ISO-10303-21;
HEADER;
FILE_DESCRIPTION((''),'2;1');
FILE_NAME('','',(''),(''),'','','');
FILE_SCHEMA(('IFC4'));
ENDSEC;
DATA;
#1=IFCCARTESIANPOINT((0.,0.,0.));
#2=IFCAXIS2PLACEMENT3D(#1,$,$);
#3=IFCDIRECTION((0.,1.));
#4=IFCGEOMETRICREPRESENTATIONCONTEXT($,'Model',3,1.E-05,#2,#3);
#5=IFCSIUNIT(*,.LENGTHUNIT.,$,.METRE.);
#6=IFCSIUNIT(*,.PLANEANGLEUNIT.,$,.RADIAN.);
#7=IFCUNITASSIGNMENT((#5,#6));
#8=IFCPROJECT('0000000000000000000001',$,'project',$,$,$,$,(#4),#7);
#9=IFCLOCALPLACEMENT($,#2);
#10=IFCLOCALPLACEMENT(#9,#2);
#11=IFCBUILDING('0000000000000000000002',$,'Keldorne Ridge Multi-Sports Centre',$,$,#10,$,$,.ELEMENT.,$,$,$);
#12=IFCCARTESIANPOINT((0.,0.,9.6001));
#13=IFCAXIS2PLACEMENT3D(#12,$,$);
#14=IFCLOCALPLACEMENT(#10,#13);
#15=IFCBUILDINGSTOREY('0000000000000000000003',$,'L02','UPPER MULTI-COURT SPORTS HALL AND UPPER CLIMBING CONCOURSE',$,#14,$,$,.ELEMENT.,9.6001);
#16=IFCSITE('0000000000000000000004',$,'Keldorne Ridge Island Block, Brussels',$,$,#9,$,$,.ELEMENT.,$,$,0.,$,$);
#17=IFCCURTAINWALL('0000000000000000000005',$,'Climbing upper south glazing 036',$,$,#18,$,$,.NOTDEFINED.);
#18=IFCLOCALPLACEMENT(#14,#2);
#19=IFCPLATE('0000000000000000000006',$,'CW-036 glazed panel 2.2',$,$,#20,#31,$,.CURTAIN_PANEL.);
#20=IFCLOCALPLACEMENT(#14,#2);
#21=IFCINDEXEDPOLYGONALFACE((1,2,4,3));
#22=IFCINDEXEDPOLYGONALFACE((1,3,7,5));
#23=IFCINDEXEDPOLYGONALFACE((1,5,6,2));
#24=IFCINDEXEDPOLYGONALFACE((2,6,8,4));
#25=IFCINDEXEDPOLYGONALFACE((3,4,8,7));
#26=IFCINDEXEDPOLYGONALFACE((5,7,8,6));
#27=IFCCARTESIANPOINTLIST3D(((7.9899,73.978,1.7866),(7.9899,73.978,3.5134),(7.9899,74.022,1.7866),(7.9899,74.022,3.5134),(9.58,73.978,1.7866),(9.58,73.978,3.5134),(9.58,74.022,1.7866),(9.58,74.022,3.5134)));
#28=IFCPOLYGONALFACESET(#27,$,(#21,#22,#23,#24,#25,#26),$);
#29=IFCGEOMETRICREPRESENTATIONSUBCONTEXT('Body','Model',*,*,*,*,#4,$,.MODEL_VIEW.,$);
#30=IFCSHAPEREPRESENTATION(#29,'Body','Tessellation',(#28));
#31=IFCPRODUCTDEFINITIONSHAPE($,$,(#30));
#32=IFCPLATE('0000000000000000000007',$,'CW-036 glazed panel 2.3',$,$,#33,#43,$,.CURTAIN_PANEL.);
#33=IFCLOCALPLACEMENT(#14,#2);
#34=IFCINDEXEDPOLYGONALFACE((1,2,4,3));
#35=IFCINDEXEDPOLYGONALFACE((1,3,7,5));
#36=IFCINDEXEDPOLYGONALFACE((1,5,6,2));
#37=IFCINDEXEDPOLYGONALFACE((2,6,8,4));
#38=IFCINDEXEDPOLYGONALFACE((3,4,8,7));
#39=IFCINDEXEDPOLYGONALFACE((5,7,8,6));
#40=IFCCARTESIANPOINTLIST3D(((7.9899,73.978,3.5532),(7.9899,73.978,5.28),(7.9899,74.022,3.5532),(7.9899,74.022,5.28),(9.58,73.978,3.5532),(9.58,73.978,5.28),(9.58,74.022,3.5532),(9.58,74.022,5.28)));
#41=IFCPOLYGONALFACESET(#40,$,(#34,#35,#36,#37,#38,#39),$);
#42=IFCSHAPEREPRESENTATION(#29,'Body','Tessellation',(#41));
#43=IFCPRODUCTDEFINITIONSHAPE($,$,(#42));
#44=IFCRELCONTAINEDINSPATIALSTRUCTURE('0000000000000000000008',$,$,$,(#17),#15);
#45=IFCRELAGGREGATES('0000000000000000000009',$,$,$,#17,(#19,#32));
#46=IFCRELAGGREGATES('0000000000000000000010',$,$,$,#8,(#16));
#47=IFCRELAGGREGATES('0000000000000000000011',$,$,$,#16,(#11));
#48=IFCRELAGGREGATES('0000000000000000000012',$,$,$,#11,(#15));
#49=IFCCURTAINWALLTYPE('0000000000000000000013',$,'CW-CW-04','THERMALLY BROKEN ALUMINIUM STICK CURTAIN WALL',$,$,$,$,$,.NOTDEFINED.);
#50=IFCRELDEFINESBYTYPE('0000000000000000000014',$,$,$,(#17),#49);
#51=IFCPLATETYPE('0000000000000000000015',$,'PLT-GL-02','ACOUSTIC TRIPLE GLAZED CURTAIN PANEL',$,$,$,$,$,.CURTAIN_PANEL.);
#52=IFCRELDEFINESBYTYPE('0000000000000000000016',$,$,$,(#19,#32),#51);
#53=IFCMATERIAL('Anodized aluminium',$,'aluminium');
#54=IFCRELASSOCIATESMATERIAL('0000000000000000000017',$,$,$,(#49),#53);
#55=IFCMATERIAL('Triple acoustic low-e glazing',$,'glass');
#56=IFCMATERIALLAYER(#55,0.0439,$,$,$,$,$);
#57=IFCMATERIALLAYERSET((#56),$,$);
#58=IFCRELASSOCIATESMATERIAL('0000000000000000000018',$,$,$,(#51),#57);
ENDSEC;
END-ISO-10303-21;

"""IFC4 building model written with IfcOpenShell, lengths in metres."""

from ifc_helpers import new_model, si_unit, direction, frame, origin, origin_2d, place, context, subcontext, project, spatial, rectangle, extrude, material, layer, layer_set, type_object, element, aggregate, save


model = new_model("IFC4")

# Units and contexts
model_context = context("Model", 3, precision=1e-05, world=origin(), true_north=direction((0.0, 1.0)))
body_context = subcontext(model_context, "Body", "Model", "MODEL_VIEW")
ifc_project = project(units=[si_unit("LENGTHUNIT", "METRE"), si_unit("PLANEANGLEUNIT", "RADIAN")], contexts=[model_context])

# Site, building, storey
site_placement = place(None, origin())
site = spatial("IfcSite", under=ifc_project, at=site_placement, Name="Keldorne Ridge Island Block, Brussels", CompositionType="ELEMENT", RefElevation=0.0)
building_placement = place(site_placement, origin())
building = spatial("IfcBuilding", under=site, at=building_placement, Name="Keldorne Ridge Multi-Sports Centre", CompositionType="ELEMENT")
storey_placement = place(building_placement, frame((0.0, 0.0, 9.6001)))
storey = spatial("IfcBuildingStorey", under=building, at=storey_placement, Name="L02", Description="UPPER MULTI-COURT SPORTS HALL AND UPPER CLIMBING CONCOURSE", CompositionType="ELEMENT", Elevation=9.6001)

# Curtain wall
ifc_material_1 = material(Name="Anodized aluminium", Category="aluminium")
curtain_wall_type = type_object("IfcCurtainWallType", Name="CW-CW-04", Description="THERMALLY BROKEN ALUMINIUM STICK CURTAIN WALL", PredefinedType="NOTDEFINED", material=ifc_material_1)
curtain_wall_placement = place(storey_placement, origin())
curtain_wall = element("IfcCurtainWall", 1, at=curtain_wall_placement, inside=storey, type_object=curtain_wall_type, Name="Climbing upper south glazing 036", PredefinedType="NOTDEFINED")

# Plates
ifc_material_2 = material(Name="Triple acoustic low-e glazing", Category="glass")
ifc_layer = layer(ifc_material_2, 0.0439)
ifc_layer_set = layer_set([ifc_layer])
plate_type = type_object("IfcPlateType", Name="PLT-GL-02", Description="ACOUSTIC TRIPLE GLAZED CURTAIN PANEL", PredefinedType="CURTAIN_PANEL", material=ifc_layer_set)
plate_1_placement = place(storey_placement, frame((8.7849, 74.0, 1.7866), z_axis=(0.0, 0.0, 1.0), x_axis=(1.0, 0.0, 0.0)))
plate_1 = element("IfcPlate", 2, at=plate_1_placement, type_object=plate_type, Name="CW-036 glazed panel 2.2", PredefinedType="CURTAIN_PANEL", context=body_context, shape_type="SweptSolid", body=[
    extrude(rectangle(XDim=1.5901, YDim=0.0439, at=origin_2d()), origin(), (0.0, 0.0, 1.0), 1.7268),
])
plate_2_placement = place(storey_placement, frame((8.7849, 74.0, 3.5532), z_axis=(0.0, 0.0, 1.0), x_axis=(1.0, 0.0, 0.0)))
plate_2 = element("IfcPlate", 3, at=plate_2_placement, type_object=plate_type, Name="CW-036 glazed panel 2.3", PredefinedType="CURTAIN_PANEL", context=body_context, shape_type="SweptSolid", body=[
    extrude(rectangle(XDim=1.5901, YDim=0.0439, at=origin_2d()), origin(), (0.0, 0.0, 1.0), 1.7268),
])
aggregate(curtain_wall, [plate_1, plate_2])

save(model, "model.ifc")
